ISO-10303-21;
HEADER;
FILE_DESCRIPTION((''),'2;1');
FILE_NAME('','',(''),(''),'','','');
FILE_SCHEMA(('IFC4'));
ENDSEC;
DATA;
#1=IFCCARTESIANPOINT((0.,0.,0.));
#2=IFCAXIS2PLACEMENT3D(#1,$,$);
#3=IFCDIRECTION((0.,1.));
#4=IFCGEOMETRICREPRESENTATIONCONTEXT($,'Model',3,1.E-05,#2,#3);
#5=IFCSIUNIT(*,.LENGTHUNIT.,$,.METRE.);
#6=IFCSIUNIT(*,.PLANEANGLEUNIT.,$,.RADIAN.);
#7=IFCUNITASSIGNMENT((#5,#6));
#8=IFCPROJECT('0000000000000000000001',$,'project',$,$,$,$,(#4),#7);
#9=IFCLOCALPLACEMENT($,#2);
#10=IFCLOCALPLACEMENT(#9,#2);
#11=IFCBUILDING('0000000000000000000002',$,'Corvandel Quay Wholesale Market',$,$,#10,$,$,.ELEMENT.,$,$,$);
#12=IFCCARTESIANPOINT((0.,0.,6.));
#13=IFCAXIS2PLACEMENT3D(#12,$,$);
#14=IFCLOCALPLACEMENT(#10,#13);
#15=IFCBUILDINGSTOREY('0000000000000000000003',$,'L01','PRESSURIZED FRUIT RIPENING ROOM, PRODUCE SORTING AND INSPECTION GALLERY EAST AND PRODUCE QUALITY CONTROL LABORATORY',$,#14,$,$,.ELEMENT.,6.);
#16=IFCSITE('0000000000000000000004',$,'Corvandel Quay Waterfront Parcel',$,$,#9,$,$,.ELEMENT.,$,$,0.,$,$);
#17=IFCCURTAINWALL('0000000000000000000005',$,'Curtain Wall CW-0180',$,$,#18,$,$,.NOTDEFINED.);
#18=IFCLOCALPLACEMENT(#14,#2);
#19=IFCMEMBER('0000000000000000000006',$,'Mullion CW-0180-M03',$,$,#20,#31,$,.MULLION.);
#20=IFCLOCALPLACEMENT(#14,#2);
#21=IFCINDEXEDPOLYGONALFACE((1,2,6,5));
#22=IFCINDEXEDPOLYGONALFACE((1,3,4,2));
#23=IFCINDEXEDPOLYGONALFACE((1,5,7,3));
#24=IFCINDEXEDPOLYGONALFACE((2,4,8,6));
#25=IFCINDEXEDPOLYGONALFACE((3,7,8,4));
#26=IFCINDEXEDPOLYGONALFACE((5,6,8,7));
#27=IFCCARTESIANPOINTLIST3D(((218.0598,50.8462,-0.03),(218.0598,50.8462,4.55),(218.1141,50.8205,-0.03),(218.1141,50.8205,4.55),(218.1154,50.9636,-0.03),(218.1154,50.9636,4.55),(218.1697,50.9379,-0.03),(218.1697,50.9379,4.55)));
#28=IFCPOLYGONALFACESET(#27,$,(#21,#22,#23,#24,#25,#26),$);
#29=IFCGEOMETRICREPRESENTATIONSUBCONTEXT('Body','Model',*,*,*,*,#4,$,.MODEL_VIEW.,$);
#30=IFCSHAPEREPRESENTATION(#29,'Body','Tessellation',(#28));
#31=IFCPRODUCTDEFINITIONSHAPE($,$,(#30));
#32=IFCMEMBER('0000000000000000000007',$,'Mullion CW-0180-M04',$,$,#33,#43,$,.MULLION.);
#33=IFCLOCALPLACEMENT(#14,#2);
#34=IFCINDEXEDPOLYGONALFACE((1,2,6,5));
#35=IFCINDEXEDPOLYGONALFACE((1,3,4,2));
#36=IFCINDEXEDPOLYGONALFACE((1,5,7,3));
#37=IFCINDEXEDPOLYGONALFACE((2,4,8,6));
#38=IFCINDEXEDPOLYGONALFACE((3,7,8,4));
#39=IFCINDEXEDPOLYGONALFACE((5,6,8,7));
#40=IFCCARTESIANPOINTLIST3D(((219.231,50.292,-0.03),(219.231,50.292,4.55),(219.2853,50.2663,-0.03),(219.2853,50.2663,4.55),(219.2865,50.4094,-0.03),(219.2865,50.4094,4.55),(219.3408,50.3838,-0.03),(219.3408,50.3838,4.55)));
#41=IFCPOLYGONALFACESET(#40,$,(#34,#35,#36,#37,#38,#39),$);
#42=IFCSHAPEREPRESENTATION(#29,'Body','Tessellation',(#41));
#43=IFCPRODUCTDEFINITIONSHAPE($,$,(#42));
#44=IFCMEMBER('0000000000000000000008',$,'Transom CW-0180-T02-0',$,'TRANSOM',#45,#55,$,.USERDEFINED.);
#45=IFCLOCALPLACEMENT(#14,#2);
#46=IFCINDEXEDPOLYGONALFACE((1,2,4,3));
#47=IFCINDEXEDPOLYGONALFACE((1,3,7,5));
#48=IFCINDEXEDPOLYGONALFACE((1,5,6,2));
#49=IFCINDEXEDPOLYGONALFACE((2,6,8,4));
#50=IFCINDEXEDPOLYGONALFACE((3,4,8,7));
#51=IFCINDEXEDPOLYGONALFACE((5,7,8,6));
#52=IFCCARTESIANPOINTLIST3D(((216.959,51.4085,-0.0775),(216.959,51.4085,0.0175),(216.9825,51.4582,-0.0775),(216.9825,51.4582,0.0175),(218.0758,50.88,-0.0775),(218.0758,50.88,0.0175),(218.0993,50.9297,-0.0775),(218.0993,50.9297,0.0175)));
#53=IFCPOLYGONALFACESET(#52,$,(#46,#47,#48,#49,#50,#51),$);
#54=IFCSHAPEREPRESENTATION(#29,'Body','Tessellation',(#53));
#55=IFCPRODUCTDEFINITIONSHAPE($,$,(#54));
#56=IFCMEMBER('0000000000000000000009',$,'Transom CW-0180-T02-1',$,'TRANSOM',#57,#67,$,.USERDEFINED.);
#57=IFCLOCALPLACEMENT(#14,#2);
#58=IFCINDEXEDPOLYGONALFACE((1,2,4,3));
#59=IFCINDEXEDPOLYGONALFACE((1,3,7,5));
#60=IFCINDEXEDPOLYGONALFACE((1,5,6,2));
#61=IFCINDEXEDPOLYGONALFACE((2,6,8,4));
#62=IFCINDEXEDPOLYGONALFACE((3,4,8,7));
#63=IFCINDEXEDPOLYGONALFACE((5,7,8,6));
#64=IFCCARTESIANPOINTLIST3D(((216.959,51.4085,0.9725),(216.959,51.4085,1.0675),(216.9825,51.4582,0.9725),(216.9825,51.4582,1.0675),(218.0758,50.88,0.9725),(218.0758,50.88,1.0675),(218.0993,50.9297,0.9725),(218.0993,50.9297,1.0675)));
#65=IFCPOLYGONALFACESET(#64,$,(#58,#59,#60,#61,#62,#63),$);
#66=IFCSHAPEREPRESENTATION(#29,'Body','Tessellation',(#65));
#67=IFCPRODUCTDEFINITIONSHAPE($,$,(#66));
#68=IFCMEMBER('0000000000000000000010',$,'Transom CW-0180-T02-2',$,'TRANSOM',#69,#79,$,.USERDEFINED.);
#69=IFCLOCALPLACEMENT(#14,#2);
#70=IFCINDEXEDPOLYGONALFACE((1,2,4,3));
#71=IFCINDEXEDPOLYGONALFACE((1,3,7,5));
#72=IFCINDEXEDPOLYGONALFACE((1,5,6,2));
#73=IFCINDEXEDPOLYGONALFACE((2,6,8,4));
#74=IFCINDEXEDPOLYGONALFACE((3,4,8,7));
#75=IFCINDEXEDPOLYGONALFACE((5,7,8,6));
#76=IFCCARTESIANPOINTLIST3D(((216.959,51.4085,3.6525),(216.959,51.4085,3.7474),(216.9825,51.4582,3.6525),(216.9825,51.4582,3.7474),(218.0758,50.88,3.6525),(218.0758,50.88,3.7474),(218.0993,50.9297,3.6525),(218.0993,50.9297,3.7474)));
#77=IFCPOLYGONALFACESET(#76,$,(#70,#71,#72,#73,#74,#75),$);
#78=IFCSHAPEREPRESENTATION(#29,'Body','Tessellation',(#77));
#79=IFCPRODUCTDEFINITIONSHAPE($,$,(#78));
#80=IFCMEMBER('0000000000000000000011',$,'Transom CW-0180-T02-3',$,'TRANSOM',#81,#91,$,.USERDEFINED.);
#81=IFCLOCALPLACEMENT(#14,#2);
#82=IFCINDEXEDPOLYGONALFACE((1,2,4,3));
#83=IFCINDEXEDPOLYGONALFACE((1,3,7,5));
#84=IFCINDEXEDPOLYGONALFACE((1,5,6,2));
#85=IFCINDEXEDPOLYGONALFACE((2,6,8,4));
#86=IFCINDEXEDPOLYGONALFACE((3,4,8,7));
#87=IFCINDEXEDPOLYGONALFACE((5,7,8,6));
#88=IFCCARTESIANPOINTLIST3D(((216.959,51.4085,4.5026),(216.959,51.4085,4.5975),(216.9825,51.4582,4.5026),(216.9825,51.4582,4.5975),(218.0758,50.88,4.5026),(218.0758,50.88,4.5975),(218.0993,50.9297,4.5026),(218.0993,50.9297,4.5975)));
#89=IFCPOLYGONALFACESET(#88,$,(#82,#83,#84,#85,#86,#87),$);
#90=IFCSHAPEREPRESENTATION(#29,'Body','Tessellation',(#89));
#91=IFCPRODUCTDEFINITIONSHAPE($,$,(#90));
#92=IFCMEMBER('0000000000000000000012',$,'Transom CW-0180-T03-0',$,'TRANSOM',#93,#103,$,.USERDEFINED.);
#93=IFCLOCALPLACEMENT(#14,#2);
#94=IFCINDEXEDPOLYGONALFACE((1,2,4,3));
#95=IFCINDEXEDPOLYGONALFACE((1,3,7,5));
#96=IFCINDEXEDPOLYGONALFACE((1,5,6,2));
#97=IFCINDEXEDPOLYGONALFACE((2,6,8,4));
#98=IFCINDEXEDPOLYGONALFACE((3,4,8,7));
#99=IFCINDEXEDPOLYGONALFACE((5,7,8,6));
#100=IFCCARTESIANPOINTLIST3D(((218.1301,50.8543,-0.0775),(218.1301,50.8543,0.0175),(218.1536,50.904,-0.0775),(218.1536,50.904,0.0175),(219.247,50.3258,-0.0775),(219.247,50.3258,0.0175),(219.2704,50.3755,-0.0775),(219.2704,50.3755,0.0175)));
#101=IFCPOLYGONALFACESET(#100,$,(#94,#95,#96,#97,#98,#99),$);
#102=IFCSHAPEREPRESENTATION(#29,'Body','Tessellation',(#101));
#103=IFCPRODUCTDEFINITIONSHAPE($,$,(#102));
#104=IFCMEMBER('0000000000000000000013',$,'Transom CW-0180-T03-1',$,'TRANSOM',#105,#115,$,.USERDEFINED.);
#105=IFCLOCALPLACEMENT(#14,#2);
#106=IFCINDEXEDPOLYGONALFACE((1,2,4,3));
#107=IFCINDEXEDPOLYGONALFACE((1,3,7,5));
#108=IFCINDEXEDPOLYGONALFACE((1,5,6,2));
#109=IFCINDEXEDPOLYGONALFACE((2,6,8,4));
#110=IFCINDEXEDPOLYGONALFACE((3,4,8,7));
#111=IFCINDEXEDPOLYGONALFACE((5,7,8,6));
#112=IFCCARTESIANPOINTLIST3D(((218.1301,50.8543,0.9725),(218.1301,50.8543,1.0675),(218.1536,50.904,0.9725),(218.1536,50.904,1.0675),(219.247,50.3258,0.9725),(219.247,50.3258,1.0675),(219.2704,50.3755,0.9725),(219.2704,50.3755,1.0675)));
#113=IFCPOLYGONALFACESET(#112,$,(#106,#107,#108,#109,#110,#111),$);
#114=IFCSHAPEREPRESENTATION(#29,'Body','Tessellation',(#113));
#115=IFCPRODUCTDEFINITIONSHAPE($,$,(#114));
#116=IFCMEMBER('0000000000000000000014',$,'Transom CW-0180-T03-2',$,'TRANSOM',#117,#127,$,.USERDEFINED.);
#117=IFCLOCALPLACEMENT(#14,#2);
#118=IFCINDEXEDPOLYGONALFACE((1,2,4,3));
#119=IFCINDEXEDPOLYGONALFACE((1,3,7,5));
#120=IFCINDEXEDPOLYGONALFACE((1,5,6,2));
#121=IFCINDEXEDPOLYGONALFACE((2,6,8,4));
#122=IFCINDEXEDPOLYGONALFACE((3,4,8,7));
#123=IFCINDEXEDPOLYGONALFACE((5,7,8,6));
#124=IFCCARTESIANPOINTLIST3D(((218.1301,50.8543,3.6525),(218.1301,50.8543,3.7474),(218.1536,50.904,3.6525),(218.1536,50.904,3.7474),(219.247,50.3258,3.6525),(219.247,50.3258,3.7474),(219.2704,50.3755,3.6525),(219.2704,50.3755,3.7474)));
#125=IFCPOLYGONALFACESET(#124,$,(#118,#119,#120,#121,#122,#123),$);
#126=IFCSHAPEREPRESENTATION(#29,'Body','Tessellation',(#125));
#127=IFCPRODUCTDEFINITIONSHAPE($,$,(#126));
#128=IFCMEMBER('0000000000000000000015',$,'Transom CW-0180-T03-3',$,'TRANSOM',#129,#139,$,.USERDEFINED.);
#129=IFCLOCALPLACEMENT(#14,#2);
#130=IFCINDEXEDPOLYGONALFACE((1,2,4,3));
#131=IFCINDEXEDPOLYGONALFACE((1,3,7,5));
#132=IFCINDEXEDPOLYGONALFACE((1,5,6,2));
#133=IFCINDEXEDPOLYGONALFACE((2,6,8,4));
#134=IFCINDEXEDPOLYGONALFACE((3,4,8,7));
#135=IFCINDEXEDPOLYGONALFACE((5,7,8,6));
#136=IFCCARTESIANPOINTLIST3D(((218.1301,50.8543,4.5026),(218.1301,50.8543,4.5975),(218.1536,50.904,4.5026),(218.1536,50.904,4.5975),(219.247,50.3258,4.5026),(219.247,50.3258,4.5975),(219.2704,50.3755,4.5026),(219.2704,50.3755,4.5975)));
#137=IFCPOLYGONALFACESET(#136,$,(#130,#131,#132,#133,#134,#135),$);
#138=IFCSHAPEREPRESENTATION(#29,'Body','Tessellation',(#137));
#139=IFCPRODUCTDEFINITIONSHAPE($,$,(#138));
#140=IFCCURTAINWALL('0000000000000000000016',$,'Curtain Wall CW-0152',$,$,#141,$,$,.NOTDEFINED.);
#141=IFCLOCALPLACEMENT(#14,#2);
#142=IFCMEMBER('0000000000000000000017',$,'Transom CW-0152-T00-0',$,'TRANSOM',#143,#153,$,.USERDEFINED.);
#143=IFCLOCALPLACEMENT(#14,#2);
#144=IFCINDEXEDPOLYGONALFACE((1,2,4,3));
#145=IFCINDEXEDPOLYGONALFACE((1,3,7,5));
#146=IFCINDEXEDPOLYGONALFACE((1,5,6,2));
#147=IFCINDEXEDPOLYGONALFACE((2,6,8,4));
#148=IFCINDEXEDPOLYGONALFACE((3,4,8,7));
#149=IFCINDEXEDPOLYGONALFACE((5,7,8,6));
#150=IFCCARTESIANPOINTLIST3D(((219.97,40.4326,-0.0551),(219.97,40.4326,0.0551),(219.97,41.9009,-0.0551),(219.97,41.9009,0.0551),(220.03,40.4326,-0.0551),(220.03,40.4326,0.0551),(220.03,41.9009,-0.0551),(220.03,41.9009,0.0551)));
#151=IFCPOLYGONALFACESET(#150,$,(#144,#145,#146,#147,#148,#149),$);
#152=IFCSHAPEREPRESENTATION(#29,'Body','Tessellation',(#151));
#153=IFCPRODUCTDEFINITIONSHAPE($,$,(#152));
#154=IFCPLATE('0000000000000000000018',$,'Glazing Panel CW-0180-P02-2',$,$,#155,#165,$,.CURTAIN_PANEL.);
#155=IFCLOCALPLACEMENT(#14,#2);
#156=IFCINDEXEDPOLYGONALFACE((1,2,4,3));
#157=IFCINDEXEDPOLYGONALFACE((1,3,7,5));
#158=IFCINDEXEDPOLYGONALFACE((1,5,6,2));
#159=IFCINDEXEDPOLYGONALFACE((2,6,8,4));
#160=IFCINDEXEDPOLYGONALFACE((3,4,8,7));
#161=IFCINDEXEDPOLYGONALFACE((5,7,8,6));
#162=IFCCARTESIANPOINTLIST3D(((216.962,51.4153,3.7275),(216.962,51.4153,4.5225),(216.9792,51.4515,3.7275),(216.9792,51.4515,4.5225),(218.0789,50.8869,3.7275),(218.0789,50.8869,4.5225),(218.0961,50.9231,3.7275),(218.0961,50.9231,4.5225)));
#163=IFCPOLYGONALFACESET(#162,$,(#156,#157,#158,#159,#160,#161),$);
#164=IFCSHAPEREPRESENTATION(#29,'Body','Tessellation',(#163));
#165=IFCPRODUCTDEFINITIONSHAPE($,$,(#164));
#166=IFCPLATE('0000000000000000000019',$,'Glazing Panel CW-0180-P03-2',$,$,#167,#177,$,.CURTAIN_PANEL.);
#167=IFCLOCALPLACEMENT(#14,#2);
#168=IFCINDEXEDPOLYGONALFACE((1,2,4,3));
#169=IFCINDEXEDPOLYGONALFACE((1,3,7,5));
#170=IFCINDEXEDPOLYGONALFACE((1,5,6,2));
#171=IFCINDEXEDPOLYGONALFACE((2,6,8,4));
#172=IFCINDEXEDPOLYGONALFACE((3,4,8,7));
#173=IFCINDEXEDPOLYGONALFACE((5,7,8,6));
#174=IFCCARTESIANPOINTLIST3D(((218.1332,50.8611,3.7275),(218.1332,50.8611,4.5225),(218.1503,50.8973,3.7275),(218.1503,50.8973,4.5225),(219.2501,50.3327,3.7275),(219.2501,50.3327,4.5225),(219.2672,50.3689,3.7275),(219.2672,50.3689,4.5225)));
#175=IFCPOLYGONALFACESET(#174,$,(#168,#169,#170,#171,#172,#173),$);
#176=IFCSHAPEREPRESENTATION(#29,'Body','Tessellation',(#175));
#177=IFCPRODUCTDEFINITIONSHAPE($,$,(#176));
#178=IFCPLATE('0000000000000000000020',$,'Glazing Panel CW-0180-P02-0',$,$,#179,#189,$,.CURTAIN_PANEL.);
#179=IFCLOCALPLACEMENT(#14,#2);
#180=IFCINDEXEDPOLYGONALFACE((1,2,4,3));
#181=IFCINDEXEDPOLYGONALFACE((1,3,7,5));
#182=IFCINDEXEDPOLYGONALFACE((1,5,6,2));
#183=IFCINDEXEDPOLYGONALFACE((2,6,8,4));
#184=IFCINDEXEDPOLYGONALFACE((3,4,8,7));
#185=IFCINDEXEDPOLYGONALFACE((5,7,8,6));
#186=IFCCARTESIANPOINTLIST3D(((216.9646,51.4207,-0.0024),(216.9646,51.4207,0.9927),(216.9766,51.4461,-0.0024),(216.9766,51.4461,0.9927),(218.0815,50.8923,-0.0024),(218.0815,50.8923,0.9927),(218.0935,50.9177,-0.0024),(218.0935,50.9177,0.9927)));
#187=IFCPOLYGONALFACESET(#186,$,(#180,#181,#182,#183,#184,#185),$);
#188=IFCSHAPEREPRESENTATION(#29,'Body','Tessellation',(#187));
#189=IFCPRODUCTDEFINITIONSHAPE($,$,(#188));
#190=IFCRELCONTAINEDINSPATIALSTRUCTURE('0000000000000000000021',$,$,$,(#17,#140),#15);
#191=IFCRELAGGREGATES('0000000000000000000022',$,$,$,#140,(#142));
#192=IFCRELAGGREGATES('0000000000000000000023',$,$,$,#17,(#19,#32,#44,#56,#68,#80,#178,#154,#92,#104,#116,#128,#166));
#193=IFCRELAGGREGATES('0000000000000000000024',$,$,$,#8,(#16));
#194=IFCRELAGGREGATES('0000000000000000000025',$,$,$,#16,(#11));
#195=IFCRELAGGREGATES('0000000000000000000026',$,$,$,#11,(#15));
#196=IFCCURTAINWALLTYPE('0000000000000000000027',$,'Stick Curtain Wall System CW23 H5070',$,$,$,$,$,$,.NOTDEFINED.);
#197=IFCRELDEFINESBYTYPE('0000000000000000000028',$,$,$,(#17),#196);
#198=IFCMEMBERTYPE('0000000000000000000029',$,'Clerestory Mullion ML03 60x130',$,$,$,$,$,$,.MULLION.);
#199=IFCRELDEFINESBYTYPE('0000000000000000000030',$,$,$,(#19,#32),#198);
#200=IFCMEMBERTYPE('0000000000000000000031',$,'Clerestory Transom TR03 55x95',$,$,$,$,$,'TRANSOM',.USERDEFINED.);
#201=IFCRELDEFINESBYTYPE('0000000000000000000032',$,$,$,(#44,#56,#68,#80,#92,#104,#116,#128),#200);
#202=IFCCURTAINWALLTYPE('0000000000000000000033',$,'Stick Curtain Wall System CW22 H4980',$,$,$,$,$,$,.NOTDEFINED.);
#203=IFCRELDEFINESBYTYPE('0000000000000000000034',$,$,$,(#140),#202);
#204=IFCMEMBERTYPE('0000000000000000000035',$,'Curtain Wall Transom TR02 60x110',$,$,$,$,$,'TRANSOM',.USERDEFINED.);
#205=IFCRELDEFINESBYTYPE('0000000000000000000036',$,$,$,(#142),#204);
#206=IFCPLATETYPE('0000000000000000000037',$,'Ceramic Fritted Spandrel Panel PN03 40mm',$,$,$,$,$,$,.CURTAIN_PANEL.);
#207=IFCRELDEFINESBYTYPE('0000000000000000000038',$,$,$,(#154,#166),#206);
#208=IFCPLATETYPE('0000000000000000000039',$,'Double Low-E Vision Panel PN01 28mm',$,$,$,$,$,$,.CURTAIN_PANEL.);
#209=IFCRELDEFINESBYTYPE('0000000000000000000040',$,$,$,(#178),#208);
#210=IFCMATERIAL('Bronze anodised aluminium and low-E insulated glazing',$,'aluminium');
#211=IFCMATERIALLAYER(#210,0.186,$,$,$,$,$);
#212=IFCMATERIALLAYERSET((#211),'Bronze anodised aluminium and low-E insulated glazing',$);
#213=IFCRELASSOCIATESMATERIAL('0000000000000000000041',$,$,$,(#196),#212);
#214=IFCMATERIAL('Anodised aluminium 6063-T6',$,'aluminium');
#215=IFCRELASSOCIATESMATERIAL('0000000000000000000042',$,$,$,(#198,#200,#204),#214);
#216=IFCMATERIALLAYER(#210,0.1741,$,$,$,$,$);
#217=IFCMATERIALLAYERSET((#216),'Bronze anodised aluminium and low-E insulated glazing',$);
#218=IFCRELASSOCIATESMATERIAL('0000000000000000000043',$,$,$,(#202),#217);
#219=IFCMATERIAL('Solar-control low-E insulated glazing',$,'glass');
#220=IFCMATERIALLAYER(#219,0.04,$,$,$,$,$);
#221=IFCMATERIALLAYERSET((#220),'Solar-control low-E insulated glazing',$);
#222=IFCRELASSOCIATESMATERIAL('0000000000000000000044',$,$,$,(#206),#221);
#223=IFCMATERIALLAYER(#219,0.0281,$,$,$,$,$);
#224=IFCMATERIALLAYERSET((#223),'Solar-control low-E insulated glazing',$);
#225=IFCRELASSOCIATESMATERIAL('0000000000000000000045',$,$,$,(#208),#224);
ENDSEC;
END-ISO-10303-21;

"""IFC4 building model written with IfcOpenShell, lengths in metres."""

from ifc_helpers import new_model, si_unit, direction, frame, origin, origin_2d, place, context, subcontext, project, spatial, rectangle, extrude, material, layer, layer_set, material_profile, profile_set, type_object, element, aggregate, save


model = new_model("IFC4")

# Units and contexts
model_context = context("Model", 3, precision=1e-05, world=origin(), true_north=direction((0.0, 1.0)))
body_context = subcontext(model_context, "Body", "Model", "MODEL_VIEW")
ifc_project = project(units=[si_unit("LENGTHUNIT", "METRE"), si_unit("PLANEANGLEUNIT", "RADIAN")], contexts=[model_context])

# Site, building, storey
site_placement = place(None, origin())
site = spatial("IfcSite", under=ifc_project, at=site_placement, Name="Corvandel Quay Waterfront Parcel", CompositionType="ELEMENT", RefElevation=0.0)
building_placement = place(site_placement, origin())
building = spatial("IfcBuilding", under=site, at=building_placement, Name="Corvandel Quay Wholesale Market", CompositionType="ELEMENT")
storey_placement = place(building_placement, frame((0.0, 0.0, 6.0)))
storey = spatial("IfcBuildingStorey", under=building, at=storey_placement, Name="L01", Description="PRESSURIZED FRUIT RIPENING ROOM, PRODUCE SORTING AND INSPECTION GALLERY EAST AND PRODUCE QUALITY CONTROL LABORATORY", CompositionType="ELEMENT", Elevation=6.0)

# Curtain wall, members
ifc_material_1 = material(Name="Bronze anodised aluminium and low-E insulated glazing", Category="aluminium")
ifc_layer_1 = layer(ifc_material_1, 0.186)
ifc_layer_set_1 = layer_set([ifc_layer_1], Name="Bronze anodised aluminium and low-E insulated glazing")
curtain_wall_type_1 = type_object("IfcCurtainWallType", Name="Stick Curtain Wall System CW23 H5070", PredefinedType="NOTDEFINED", material=ifc_layer_set_1)
curtain_wall_1_placement = place(storey_placement, origin())
curtain_wall_1 = element("IfcCurtainWall", 1, at=curtain_wall_1_placement, inside=storey, type_object=curtain_wall_type_1, Name="Curtain Wall CW-0180", PredefinedType="NOTDEFINED")
ifc_material_2 = material(Name="Anodised aluminium 6063-T6", Category="aluminium")
ifc_material_profile_1 = material_profile(ifc_material_2, rectangle(XDim=0.0601, YDim=0.1299, at=origin_2d()), Name="ALU-MUL-60x130")
ifc_profile_set_1 = profile_set([ifc_material_profile_1], Name="Anodised aluminium 6063-T6")
member_type_1 = type_object("IfcMemberType", Name="Clerestory Mullion ML03 60x130", PredefinedType="MULLION", material=ifc_profile_set_1)
member_1_placement = place(storey_placement, frame((218.1147, 50.8921, -0.03), z_axis=(0.0, 0.0, 1.0), x_axis=(-0.903933, 0.427673, 0.0)))
member_1 = element("IfcMember", 2, at=member_1_placement, type_object=member_type_1, Name="Mullion CW-0180-M03", PredefinedType="MULLION", context=body_context, shape_type="SweptSolid", body=[
    extrude(rectangle(XDim=0.0601, YDim=0.1299, at=origin_2d()), origin(), (0.0, 0.0, 1.0), 4.5801),
])
member_2_placement = place(storey_placement, frame((219.2859, 50.3379, -0.03), z_axis=(0.0, 0.0, 1.0), x_axis=(-0.903933, 0.427673, 0.0)))
member_2 = element("IfcMember", 3, at=member_2_placement, type_object=member_type_1, Name="Mullion CW-0180-M04", PredefinedType="MULLION", context=body_context, shape_type="SweptSolid", body=[
    extrude(rectangle(XDim=0.0601, YDim=0.1299, at=origin_2d()), origin(), (0.0, 0.0, 1.0), 4.5801),
])
ifc_material_profile_2 = material_profile(ifc_material_2, rectangle(XDim=0.0549, YDim=0.095, at=origin_2d()), Name="ALU-TRN-55x95")
ifc_profile_set_2 = profile_set([ifc_material_profile_2], Name="Anodised aluminium 6063-T6")
member_type_2 = type_object("IfcMemberType", Name="Clerestory Transom TR03 55x95", ElementType="TRANSOM", PredefinedType="USERDEFINED", material=ifc_profile_set_2)
member_3_placement = place(storey_placement, frame((216.9707, 51.4333, -0.03), z_axis=(0.903899, -0.427747, 0.0), x_axis=(0.427747, 0.903899, 0.0)))
member_3 = element("IfcMember", 4, at=member_3_placement, type_object=member_type_2, Name="Transom CW-0180-T02-0", ObjectType="TRANSOM", PredefinedType="USERDEFINED", context=body_context, shape_type="SweptSolid", body=[
    extrude(rectangle(XDim=0.0549, YDim=0.095, at=origin_2d()), origin(), (0.0, 0.0, 1.0), 1.2356),
])
member_4_placement = place(storey_placement, frame((216.9707, 51.4333, 1.02), z_axis=(0.903899, -0.427747, 0.0), x_axis=(0.427747, 0.903899, 0.0)))
member_4 = element("IfcMember", 5, at=member_4_placement, type_object=member_type_2, Name="Transom CW-0180-T02-1", ObjectType="TRANSOM", PredefinedType="USERDEFINED", context=body_context, shape_type="SweptSolid", body=[
    extrude(rectangle(XDim=0.0549, YDim=0.095, at=origin_2d()), origin(), (0.0, 0.0, 1.0), 1.2356),
])
member_5_placement = place(storey_placement, frame((216.9707, 51.4333, 3.7), z_axis=(0.903899, -0.427747, 0.0), x_axis=(0.427747, 0.903899, 0.0)))
member_5 = element("IfcMember", 6, at=member_5_placement, type_object=member_type_2, Name="Transom CW-0180-T02-2", ObjectType="TRANSOM", PredefinedType="USERDEFINED", context=body_context, shape_type="SweptSolid", body=[
    extrude(rectangle(XDim=0.0549, YDim=0.095, at=origin_2d()), origin(), (0.0, 0.0, 1.0), 1.2356),
])
member_6_placement = place(storey_placement, frame((216.9707, 51.4333, 4.55), z_axis=(0.903899, -0.427747, 0.0), x_axis=(0.427747, 0.903899, 0.0)))
member_6 = element("IfcMember", 7, at=member_6_placement, type_object=member_type_2, Name="Transom CW-0180-T02-3", ObjectType="TRANSOM", PredefinedType="USERDEFINED", context=body_context, shape_type="SweptSolid", body=[
    extrude(rectangle(XDim=0.0549, YDim=0.095, at=origin_2d()), origin(), (0.0, 0.0, 1.0), 1.2356),
])
member_7_placement = place(storey_placement, frame((218.1418, 50.8792, -0.03), z_axis=(0.903899, -0.427747, 0.0), x_axis=(0.427747, 0.903899, 0.0)))
member_7 = element("IfcMember", 8, at=member_7_placement, type_object=member_type_2, Name="Transom CW-0180-T03-0", ObjectType="TRANSOM", PredefinedType="USERDEFINED", context=body_context, shape_type="SweptSolid", body=[
    extrude(rectangle(XDim=0.0549, YDim=0.095, at=origin_2d()), origin(), (0.0, 0.0, 1.0), 1.2356),
])
member_8_placement = place(storey_placement, frame((218.1418, 50.8792, 1.02), z_axis=(0.903899, -0.427747, 0.0), x_axis=(0.427747, 0.903899, 0.0)))
member_8 = element("IfcMember", 9, at=member_8_placement, type_object=member_type_2, Name="Transom CW-0180-T03-1", ObjectType="TRANSOM", PredefinedType="USERDEFINED", context=body_context, shape_type="SweptSolid", body=[
    extrude(rectangle(XDim=0.0549, YDim=0.095, at=origin_2d()), origin(), (0.0, 0.0, 1.0), 1.2356),
])
member_9_placement = place(storey_placement, frame((218.1418, 50.8792, 3.7), z_axis=(0.903899, -0.427747, 0.0), x_axis=(0.427747, 0.903899, 0.0)))
member_9 = element("IfcMember", 10, at=member_9_placement, type_object=member_type_2, Name="Transom CW-0180-T03-2", ObjectType="TRANSOM", PredefinedType="USERDEFINED", context=body_context, shape_type="SweptSolid", body=[
    extrude(rectangle(XDim=0.0549, YDim=0.095, at=origin_2d()), origin(), (0.0, 0.0, 1.0), 1.2356),
])
member_10_placement = place(storey_placement, frame((218.1418, 50.8792, 4.55), z_axis=(0.903899, -0.427747, 0.0), x_axis=(0.427747, 0.903899, 0.0)))
member_10 = element("IfcMember", 11, at=member_10_placement, type_object=member_type_2, Name="Transom CW-0180-T03-3", ObjectType="TRANSOM", PredefinedType="USERDEFINED", context=body_context, shape_type="SweptSolid", body=[
    extrude(rectangle(XDim=0.0549, YDim=0.095, at=origin_2d()), origin(), (0.0, 0.0, 1.0), 1.2356),
])

# Curtain wall, member
ifc_layer_2 = layer(ifc_material_1, 0.1741)
ifc_layer_set_2 = layer_set([ifc_layer_2], Name="Bronze anodised aluminium and low-E insulated glazing")
curtain_wall_type_2 = type_object("IfcCurtainWallType", Name="Stick Curtain Wall System CW22 H4980", PredefinedType="NOTDEFINED", material=ifc_layer_set_2)
curtain_wall_2_placement = place(storey_placement, origin())
curtain_wall_2 = element("IfcCurtainWall", 12, at=curtain_wall_2_placement, inside=storey, type_object=curtain_wall_type_2, Name="Curtain Wall CW-0152", PredefinedType="NOTDEFINED")
ifc_material_profile_3 = material_profile(ifc_material_2, rectangle(XDim=0.0601, YDim=0.1101, at=origin_2d()), Name="ALU-TRN-60x110")
ifc_profile_set_3 = profile_set([ifc_material_profile_3], Name="Anodised aluminium 6063-T6")
member_type_3 = type_object("IfcMemberType", Name="Curtain Wall Transom TR02 60x110", ElementType="TRANSOM", PredefinedType="USERDEFINED", material=ifc_profile_set_3)
member_11_placement = place(storey_placement, frame((220.0, 40.4326, 0.0), z_axis=(0.0, 1.0, 0.0), x_axis=(-1.0, 0.0, 0.0)))
member_11 = element("IfcMember", 13, at=member_11_placement, type_object=member_type_3, Name="Transom CW-0152-T00-0", ObjectType="TRANSOM", PredefinedType="USERDEFINED", context=body_context, shape_type="SweptSolid", body=[
    extrude(rectangle(XDim=0.0601, YDim=0.1101, at=origin_2d()), origin(), (0.0, 0.0, 1.0), 1.4683),
])
aggregate(curtain_wall_2, [member_11])

# Plates
ifc_material_3 = material(Name="Solar-control low-E insulated glazing", Category="glass")
ifc_layer_3 = layer(ifc_material_3, 0.04)
ifc_layer_set_3 = layer_set([ifc_layer_3], Name="Solar-control low-E insulated glazing")
plate_type_1 = type_object("IfcPlateType", Name="Ceramic Fritted Spandrel Panel PN03 40mm", PredefinedType="CURTAIN_PANEL", material=ifc_layer_set_3)
plate_1_placement = place(storey_placement, frame((217.5291, 51.1692, 3.7275), z_axis=(0.0, 0.0, 1.0), x_axis=(-0.903933, 0.427673, 0.0)))
plate_1 = element("IfcPlate", 14, at=plate_1_placement, type_object=plate_type_1, Name="Glazing Panel CW-0180-P02-2", PredefinedType="CURTAIN_PANEL", context=body_context, shape_type="SweptSolid", body=[
    extrude(rectangle(XDim=1.2356, YDim=0.04, at=origin_2d()), origin(), (0.0, 0.0, 1.0), 0.7949),
])
plate_2_placement = place(storey_placement, frame((218.7002, 50.615, 3.7275), z_axis=(0.0, 0.0, 1.0), x_axis=(-0.903933, 0.427673, 0.0)))
plate_2 = element("IfcPlate", 15, at=plate_2_placement, type_object=plate_type_1, Name="Glazing Panel CW-0180-P03-2", PredefinedType="CURTAIN_PANEL", context=body_context, shape_type="SweptSolid", body=[
    extrude(rectangle(XDim=1.2356, YDim=0.04, at=origin_2d()), origin(), (0.0, 0.0, 1.0), 0.7949),
])
ifc_layer_4 = layer(ifc_material_3, 0.0281)
ifc_layer_set_4 = layer_set([ifc_layer_4], Name="Solar-control low-E insulated glazing")
plate_type_2 = type_object("IfcPlateType", Name="Double Low-E Vision Panel PN01 28mm", PredefinedType="CURTAIN_PANEL", material=ifc_layer_set_4)
plate_3_placement = place(storey_placement, frame((217.5291, 51.1692, -0.0024), z_axis=(0.0, 0.0, 1.0), x_axis=(-0.903933, 0.427673, 0.0)))
plate_3 = element("IfcPlate", 16, at=plate_3_placement, type_object=plate_type_2, Name="Glazing Panel CW-0180-P02-0", PredefinedType="CURTAIN_PANEL", context=body_context, shape_type="SweptSolid", body=[
    extrude(rectangle(XDim=1.2356, YDim=0.0281, at=origin_2d()), origin(), (0.0, 0.0, 1.0), 0.9951),
])
aggregate(curtain_wall_1, [member_1, member_2, member_3, member_4, member_5, member_6, plate_3, plate_1, member_7, member_8, member_9, member_10, plate_2])

save(model, "model.ifc")
